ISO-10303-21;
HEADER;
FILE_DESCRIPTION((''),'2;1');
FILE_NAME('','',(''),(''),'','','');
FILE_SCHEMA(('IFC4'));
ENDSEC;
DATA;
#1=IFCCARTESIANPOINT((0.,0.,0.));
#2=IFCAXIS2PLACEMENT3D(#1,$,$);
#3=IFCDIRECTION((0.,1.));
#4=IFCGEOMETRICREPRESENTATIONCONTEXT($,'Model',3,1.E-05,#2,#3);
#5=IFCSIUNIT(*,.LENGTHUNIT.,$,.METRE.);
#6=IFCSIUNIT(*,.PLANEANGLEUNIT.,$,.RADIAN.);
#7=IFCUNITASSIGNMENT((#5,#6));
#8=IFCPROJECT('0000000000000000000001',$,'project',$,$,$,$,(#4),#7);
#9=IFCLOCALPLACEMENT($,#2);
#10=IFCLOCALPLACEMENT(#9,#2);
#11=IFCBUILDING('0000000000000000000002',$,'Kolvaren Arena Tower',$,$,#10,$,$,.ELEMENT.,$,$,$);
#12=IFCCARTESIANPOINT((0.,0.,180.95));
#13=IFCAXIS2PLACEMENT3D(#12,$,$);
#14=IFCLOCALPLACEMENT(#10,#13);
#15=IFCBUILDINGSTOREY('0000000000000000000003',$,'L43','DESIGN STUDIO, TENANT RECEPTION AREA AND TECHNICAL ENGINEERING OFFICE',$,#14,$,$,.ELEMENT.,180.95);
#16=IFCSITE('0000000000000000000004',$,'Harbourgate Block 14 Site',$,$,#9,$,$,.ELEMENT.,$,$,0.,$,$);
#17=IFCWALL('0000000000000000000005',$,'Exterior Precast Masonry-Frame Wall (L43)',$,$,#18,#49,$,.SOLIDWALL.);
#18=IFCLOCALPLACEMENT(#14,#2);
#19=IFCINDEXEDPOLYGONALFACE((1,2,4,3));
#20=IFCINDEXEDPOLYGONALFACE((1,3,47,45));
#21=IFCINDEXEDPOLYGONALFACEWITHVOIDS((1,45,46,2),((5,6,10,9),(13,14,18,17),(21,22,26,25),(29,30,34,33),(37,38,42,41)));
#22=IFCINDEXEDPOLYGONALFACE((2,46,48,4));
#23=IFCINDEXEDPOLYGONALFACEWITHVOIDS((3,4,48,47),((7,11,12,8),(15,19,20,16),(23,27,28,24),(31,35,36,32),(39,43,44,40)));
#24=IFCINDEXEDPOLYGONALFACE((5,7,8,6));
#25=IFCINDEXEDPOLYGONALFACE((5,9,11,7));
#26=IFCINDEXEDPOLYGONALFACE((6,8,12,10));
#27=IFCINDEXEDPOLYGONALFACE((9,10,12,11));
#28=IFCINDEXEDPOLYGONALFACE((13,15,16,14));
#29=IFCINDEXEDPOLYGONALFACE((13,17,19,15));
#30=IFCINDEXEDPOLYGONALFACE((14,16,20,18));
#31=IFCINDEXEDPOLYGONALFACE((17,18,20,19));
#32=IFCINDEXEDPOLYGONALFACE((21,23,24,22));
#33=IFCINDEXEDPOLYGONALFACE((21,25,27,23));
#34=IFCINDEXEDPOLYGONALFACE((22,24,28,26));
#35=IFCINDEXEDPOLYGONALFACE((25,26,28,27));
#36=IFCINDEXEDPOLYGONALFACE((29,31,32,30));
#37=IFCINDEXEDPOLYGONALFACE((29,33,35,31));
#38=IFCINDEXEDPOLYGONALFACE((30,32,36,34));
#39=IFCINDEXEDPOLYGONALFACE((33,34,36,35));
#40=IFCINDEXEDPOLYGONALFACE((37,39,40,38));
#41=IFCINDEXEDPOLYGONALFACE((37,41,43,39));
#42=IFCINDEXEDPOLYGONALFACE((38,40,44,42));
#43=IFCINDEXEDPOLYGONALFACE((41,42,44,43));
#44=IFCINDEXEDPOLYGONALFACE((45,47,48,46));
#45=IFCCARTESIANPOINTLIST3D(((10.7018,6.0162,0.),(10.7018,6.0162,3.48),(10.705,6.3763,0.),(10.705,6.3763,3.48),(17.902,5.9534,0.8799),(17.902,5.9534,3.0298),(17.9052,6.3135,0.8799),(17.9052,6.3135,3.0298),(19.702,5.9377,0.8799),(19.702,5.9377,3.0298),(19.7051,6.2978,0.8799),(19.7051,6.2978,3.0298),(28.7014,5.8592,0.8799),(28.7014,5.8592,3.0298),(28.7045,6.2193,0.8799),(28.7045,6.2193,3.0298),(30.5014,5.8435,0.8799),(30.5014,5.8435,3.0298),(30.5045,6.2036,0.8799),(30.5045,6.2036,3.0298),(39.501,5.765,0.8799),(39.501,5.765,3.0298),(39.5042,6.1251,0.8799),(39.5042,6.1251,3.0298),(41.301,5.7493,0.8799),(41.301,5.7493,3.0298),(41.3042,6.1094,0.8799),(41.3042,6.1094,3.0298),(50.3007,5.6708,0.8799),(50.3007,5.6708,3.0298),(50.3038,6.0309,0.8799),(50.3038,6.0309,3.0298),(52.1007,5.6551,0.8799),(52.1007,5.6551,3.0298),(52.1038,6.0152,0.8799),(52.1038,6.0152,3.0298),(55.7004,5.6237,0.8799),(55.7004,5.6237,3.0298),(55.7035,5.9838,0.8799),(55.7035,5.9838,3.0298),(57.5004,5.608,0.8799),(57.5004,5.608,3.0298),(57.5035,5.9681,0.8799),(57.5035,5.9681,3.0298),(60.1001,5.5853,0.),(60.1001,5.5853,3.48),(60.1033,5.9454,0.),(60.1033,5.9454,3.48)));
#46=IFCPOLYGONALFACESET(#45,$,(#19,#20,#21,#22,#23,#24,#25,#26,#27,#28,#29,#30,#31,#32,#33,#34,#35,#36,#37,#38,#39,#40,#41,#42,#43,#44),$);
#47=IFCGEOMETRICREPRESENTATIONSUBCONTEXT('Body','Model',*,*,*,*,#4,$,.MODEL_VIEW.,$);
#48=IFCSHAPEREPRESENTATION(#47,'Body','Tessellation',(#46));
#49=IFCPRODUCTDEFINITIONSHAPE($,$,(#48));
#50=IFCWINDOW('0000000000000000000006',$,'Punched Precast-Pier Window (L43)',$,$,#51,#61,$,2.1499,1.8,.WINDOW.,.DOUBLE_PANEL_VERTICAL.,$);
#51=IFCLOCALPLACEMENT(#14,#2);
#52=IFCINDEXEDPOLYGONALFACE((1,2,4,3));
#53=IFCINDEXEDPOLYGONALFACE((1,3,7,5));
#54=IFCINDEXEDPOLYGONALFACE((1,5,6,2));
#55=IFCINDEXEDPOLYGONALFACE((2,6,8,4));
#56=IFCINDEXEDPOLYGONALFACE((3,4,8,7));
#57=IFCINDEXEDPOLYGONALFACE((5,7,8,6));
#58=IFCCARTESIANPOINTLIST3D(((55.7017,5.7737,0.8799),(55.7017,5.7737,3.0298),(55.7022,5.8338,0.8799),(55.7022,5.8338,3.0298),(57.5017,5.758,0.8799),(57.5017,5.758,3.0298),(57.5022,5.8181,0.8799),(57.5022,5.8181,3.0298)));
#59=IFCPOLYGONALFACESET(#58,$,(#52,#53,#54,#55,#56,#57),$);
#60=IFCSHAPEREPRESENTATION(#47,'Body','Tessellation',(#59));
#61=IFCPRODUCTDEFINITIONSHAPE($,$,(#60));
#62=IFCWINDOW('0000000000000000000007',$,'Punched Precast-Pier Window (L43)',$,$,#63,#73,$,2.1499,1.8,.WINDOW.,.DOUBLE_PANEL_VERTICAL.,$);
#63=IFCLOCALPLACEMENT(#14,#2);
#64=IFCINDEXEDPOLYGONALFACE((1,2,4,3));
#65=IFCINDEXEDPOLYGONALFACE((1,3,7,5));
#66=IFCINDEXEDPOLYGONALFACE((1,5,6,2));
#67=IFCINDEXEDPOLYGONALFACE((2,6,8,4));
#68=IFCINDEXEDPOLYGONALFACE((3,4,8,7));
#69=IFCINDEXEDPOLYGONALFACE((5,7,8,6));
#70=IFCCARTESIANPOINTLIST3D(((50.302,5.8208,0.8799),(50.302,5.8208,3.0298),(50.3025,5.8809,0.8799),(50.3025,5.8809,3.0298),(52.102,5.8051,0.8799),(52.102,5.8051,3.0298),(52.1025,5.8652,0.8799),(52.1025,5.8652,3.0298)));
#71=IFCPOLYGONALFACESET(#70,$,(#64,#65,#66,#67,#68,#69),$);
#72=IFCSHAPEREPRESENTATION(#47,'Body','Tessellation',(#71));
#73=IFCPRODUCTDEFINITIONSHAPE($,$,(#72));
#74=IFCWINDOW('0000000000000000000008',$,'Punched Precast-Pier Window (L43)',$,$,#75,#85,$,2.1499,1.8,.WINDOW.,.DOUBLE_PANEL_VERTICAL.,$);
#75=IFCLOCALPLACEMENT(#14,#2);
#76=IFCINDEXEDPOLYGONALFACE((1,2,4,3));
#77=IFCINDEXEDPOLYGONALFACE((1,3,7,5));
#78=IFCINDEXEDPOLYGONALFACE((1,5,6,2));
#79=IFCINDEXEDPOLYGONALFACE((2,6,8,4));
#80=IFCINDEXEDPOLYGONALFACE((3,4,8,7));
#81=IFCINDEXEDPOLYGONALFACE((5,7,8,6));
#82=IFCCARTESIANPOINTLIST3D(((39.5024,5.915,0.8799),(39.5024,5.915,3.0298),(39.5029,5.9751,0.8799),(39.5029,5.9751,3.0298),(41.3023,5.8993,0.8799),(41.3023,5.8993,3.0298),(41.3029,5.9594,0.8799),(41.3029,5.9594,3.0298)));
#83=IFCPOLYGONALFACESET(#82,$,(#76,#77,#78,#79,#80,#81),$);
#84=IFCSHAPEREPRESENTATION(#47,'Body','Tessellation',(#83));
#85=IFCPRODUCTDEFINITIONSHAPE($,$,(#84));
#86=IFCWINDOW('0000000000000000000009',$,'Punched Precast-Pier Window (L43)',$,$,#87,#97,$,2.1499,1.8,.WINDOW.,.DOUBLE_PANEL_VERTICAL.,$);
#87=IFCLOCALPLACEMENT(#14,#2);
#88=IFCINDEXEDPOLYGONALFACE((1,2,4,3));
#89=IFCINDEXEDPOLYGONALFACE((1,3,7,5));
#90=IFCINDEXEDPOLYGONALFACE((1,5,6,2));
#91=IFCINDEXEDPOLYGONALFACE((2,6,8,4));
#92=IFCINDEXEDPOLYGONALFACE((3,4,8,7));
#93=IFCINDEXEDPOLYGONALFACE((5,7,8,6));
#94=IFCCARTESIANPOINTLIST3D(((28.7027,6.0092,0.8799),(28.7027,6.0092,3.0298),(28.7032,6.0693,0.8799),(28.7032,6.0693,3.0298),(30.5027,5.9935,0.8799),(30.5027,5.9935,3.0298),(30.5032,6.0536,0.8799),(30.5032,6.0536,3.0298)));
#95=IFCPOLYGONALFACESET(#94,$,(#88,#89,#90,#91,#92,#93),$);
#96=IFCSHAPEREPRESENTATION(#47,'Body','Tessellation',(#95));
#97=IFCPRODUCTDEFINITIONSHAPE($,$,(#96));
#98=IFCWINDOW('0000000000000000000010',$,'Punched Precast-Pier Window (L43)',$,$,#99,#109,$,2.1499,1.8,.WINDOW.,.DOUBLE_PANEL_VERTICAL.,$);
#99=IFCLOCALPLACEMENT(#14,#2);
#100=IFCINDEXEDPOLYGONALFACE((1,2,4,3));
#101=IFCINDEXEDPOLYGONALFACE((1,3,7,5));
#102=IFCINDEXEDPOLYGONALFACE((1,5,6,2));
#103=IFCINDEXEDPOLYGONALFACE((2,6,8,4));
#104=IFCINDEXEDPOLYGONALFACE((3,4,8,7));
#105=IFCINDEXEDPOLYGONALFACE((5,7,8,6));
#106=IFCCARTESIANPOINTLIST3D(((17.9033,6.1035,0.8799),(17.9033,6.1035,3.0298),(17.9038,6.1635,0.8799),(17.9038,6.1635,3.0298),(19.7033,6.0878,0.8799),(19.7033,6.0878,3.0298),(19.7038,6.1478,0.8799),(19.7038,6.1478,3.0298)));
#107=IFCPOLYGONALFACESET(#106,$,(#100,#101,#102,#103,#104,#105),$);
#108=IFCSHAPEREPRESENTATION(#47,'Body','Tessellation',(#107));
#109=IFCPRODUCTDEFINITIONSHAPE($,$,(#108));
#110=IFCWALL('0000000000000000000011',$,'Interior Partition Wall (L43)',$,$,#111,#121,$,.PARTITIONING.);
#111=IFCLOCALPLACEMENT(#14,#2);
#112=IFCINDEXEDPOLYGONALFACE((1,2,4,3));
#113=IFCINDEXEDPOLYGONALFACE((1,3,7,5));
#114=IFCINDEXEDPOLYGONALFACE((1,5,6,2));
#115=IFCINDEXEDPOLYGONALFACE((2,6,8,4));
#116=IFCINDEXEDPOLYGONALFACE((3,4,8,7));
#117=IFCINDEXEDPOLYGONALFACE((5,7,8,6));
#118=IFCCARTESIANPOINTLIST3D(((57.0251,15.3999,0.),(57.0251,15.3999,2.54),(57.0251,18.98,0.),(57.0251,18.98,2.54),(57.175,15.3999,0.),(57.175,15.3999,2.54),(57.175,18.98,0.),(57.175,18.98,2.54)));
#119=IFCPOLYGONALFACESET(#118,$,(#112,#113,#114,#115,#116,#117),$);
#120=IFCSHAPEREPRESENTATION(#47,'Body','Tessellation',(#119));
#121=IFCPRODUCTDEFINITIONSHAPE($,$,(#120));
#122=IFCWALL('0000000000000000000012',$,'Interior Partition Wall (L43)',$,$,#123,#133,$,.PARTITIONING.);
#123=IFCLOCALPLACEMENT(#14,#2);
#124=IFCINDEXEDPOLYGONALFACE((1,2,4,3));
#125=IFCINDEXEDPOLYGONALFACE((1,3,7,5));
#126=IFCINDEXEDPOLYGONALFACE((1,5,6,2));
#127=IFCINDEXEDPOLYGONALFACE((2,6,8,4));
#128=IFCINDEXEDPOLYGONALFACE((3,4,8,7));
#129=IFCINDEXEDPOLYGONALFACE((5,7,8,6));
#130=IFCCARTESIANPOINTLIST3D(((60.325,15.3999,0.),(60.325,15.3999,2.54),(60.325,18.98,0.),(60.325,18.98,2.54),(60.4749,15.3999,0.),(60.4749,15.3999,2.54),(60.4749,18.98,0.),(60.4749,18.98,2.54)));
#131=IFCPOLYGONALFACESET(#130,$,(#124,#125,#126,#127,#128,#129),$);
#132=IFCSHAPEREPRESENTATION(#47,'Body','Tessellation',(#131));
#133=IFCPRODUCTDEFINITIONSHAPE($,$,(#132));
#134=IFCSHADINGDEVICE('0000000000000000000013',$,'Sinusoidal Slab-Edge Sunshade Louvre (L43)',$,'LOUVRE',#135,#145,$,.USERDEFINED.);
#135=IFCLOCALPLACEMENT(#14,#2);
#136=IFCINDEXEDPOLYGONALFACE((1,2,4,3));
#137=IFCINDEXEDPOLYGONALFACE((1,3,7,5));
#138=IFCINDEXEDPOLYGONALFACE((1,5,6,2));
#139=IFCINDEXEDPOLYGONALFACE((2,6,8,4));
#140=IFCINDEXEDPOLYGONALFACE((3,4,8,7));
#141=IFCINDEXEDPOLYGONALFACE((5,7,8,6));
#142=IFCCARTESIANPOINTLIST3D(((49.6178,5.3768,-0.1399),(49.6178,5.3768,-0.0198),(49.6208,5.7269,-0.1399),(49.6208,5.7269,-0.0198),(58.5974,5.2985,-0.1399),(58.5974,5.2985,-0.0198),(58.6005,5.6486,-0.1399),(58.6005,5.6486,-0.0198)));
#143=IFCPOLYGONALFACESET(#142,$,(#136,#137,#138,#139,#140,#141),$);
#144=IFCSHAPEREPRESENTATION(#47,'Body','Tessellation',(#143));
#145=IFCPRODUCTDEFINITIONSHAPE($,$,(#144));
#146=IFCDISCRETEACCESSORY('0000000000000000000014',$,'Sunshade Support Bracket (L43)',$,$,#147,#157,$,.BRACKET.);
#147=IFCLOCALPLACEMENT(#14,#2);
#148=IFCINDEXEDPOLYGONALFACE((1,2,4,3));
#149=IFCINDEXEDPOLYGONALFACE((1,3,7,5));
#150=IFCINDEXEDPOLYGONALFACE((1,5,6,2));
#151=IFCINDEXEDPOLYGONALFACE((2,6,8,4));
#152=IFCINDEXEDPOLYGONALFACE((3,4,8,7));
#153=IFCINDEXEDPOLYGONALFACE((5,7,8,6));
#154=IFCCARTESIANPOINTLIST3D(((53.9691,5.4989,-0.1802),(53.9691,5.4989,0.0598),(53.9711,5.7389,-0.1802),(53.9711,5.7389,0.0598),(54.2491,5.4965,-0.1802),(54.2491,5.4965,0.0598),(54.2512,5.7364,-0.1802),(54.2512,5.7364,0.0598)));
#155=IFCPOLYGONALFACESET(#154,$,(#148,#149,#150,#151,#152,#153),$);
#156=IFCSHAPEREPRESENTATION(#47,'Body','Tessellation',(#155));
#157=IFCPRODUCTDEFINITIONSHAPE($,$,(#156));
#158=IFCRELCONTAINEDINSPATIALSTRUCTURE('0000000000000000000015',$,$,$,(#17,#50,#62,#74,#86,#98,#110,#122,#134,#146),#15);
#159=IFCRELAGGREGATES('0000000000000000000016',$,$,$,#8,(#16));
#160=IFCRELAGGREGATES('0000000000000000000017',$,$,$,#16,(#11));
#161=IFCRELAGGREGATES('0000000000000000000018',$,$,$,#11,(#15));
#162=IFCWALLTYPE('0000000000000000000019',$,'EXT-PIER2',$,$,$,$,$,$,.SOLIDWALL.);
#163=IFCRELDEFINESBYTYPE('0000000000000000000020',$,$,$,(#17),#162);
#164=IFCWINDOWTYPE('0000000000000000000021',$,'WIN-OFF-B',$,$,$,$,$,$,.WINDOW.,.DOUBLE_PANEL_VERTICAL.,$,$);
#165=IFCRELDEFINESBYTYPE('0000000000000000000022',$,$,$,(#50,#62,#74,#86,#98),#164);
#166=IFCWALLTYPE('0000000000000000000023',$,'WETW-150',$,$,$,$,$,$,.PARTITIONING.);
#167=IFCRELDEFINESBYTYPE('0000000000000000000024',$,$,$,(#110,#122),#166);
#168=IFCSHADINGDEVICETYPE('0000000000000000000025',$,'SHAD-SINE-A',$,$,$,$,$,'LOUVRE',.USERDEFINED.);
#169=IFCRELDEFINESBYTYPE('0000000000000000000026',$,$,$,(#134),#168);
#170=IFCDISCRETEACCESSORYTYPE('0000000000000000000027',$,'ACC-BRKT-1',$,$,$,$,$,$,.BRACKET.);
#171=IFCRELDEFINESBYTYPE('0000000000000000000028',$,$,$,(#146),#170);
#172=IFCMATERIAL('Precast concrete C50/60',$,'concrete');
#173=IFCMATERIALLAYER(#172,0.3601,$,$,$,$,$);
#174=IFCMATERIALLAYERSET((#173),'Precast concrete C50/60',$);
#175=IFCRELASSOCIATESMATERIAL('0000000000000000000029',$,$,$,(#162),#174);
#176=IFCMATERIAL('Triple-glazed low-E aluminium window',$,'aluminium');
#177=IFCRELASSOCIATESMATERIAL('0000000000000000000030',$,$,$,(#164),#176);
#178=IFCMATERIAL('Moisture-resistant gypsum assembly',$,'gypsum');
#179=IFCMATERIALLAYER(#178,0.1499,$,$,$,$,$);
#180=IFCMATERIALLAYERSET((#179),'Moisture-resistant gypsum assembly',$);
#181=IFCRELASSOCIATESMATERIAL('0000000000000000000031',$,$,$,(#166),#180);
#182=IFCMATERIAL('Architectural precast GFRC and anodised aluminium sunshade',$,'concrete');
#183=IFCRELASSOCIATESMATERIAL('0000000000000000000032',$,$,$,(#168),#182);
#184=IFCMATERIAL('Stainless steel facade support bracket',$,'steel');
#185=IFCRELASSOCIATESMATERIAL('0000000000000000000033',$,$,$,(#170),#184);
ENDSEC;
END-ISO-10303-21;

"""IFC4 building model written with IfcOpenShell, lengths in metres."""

from ifc_helpers import new_model, si_unit, direction, frame, frame_2d, origin, origin_2d, place, context, subcontext, project, spatial, rectangle, extrude, material, layer, layer_set, type_object, element, fill, save


model = new_model("IFC4")

# Units and contexts
model_context = context("Model", 3, precision=1e-05, world=origin(), true_north=direction((0.0, 1.0)))
body_context = subcontext(model_context, "Body", "Model", "MODEL_VIEW")
ifc_project = project(units=[si_unit("LENGTHUNIT", "METRE"), si_unit("PLANEANGLEUNIT", "RADIAN")], contexts=[model_context])

# Site, building, storey
site_placement = place(None, origin())
site = spatial("IfcSite", under=ifc_project, at=site_placement, Name="Harbourgate Block 14 Site", CompositionType="ELEMENT", RefElevation=0.0)
building_placement = place(site_placement, origin())
building = spatial("IfcBuilding", under=site, at=building_placement, Name="Kolvaren Arena Tower", CompositionType="ELEMENT")
storey_placement = place(building_placement, frame((0.0, 0.0, 180.95)))
storey = spatial("IfcBuildingStorey", under=building, at=storey_placement, Name="L43", Description="DESIGN STUDIO, TENANT RECEPTION AREA AND TECHNICAL ENGINEERING OFFICE", CompositionType="ELEMENT", Elevation=180.95)

# Shared definitions
ifc_material_1 = material(Name="Precast concrete C50/60", Category="concrete")
ifc_layer_1 = layer(ifc_material_1, 0.3601)
ifc_layer_set_1 = layer_set([ifc_layer_1], Name="Precast concrete C50/60")
wall_type_1 = type_object("IfcWallType", Name="EXT-PIER2", PredefinedType="SOLIDWALL", material=ifc_layer_set_1)

# Wall, openings, windows
wall_1_placement = place(storey_placement, frame((60.1018, 5.7654, 0.0), z_axis=(0.0, 0.0, 1.0), x_axis=(-0.999962, 0.008723, 0.0)))
wall_1 = element("IfcWall", 1, at=wall_1_placement, inside=storey, type_object=wall_type_1, Name="Exterior Precast Masonry-Frame Wall (L43)", PredefinedType="SOLIDWALL", context=body_context, shape_type="SweptSolid", body=[
    extrude(rectangle(XDim=49.4001, YDim=0.3601, at=frame_2d((24.7002, 0.0))), origin(), (0.0, 0.0, 1.0), 3.48),
])
opening_1_placement = place(wall_1_placement, frame((2.6001, 0.0, 0.8799)))
opening_1 = element("IfcOpeningElement", 2, at=opening_1_placement, cuts=wall_1, PredefinedType="OPENING", context=body_context, shape_type="SweptSolid", body=[
    extrude(rectangle(XDim=1.8, YDim=2.1499, at=frame_2d((0.8999, 1.075))), frame((0.0, 0.1899, 0.0), z_axis=(0.0, -1.0, 0.0), x_axis=(1.0, 0.0, 0.0)), (0.0, 0.0, 1.0), 0.3801),
])
opening_2_placement = place(wall_1_placement, frame((8.0, 0.0, 0.8799)))
opening_2 = element("IfcOpeningElement", 3, at=opening_2_placement, cuts=wall_1, PredefinedType="OPENING", context=body_context, shape_type="SweptSolid", body=[
    extrude(rectangle(XDim=1.8, YDim=2.1499, at=frame_2d((0.8999, 1.075))), frame((0.0, 0.1899, 0.0), z_axis=(0.0, -1.0, 0.0), x_axis=(1.0, 0.0, 0.0)), (0.0, 0.0, 1.0), 0.3801),
])
opening_3_placement = place(wall_1_placement, frame((18.8, 0.0, 0.8799)))
opening_3 = element("IfcOpeningElement", 4, at=opening_3_placement, cuts=wall_1, PredefinedType="OPENING", context=body_context, shape_type="SweptSolid", body=[
    extrude(rectangle(XDim=1.8, YDim=2.1499, at=frame_2d((0.8999, 1.075))), frame((0.0, 0.1899, 0.0), z_axis=(0.0, -1.0, 0.0), x_axis=(1.0, 0.0, 0.0)), (0.0, 0.0, 1.0), 0.3801),
])
opening_4_placement = place(wall_1_placement, frame((29.6001, 0.0, 0.8799)))
opening_4 = element("IfcOpeningElement", 5, at=opening_4_placement, cuts=wall_1, PredefinedType="OPENING", context=body_context, shape_type="SweptSolid", body=[
    extrude(rectangle(XDim=1.8, YDim=2.1499, at=frame_2d((0.8999, 1.075))), frame((0.0, 0.1899, 0.0), z_axis=(0.0, -1.0, 0.0), x_axis=(1.0, 0.0, 0.0)), (0.0, 0.0, 1.0), 0.3801),
])
opening_5_placement = place(wall_1_placement, frame((40.3999, 0.0, 0.8799)))
opening_5 = element("IfcOpeningElement", 6, at=opening_5_placement, cuts=wall_1, PredefinedType="OPENING", context=body_context, shape_type="SweptSolid", body=[
    extrude(rectangle(XDim=1.8, YDim=2.1499, at=frame_2d((0.8999, 1.075))), frame((0.0, 0.1899, 0.0), z_axis=(0.0, -1.0, 0.0), x_axis=(1.0, 0.0, 0.0)), (0.0, 0.0, 1.0), 0.3801),
])
ifc_material_2 = material(Name="Triple-glazed low-E aluminium window", Category="aluminium")
window_type = type_object("IfcWindowType", Name="WIN-OFF-B", PartitioningType="DOUBLE_PANEL_VERTICAL", PredefinedType="WINDOW", material=ifc_material_2)
window_1_placement = place(opening_1_placement, origin())
window_1 = element("IfcWindow", 7, at=window_1_placement, inside=storey, type_object=window_type, Name="Punched Precast-Pier Window (L43)", OverallHeight=2.1499, OverallWidth=1.8, PartitioningType="DOUBLE_PANEL_VERTICAL", PredefinedType="WINDOW", context=body_context, shape_type="SweptSolid", body=[
    extrude(rectangle(XDim=1.8, YDim=2.1499, at=frame_2d((0.8999, 1.075))), frame((0.0, 0.03, 0.0), z_axis=(0.0, -1.0, 0.0), x_axis=(1.0, 0.0, 0.0)), (0.0, 0.0, 1.0), 0.0601),
])
fill(opening_1, window_1)
window_2_placement = place(opening_2_placement, origin())
window_2 = element("IfcWindow", 8, at=window_2_placement, inside=storey, type_object=window_type, Name="Punched Precast-Pier Window (L43)", OverallHeight=2.1499, OverallWidth=1.8, PartitioningType="DOUBLE_PANEL_VERTICAL", PredefinedType="WINDOW", context=body_context, shape_type="SweptSolid", body=[
    extrude(rectangle(XDim=1.8, YDim=2.1499, at=frame_2d((0.8999, 1.075))), frame((0.0, 0.03, 0.0), z_axis=(0.0, -1.0, 0.0), x_axis=(1.0, 0.0, 0.0)), (0.0, 0.0, 1.0), 0.0601),
])
fill(opening_2, window_2)
window_3_placement = place(opening_3_placement, origin())
window_3 = element("IfcWindow", 9, at=window_3_placement, inside=storey, type_object=window_type, Name="Punched Precast-Pier Window (L43)", OverallHeight=2.1499, OverallWidth=1.8, PartitioningType="DOUBLE_PANEL_VERTICAL", PredefinedType="WINDOW", context=body_context, shape_type="SweptSolid", body=[
    extrude(rectangle(XDim=1.8, YDim=2.1499, at=frame_2d((0.8999, 1.075))), frame((0.0, 0.03, 0.0), z_axis=(0.0, -1.0, 0.0), x_axis=(1.0, 0.0, 0.0)), (0.0, 0.0, 1.0), 0.0601),
])
fill(opening_3, window_3)
window_4_placement = place(opening_4_placement, origin())
window_4 = element("IfcWindow", 10, at=window_4_placement, inside=storey, type_object=window_type, Name="Punched Precast-Pier Window (L43)", OverallHeight=2.1499, OverallWidth=1.8, PartitioningType="DOUBLE_PANEL_VERTICAL", PredefinedType="WINDOW", context=body_context, shape_type="SweptSolid", body=[
    extrude(rectangle(XDim=1.8, YDim=2.1499, at=frame_2d((0.8999, 1.075))), frame((0.0, 0.03, 0.0), z_axis=(0.0, -1.0, 0.0), x_axis=(1.0, 0.0, 0.0)), (0.0, 0.0, 1.0), 0.0601),
])
fill(opening_4, window_4)
window_5_placement = place(opening_5_placement, origin())
window_5 = element("IfcWindow", 11, at=window_5_placement, inside=storey, type_object=window_type, Name="Punched Precast-Pier Window (L43)", OverallHeight=2.1499, OverallWidth=1.8, PartitioningType="DOUBLE_PANEL_VERTICAL", PredefinedType="WINDOW", context=body_context, shape_type="SweptSolid", body=[
    extrude(rectangle(XDim=1.8, YDim=2.1499, at=frame_2d((0.8999, 1.075))), frame((0.0, 0.03, 0.0), z_axis=(0.0, -1.0, 0.0), x_axis=(1.0, 0.0, 0.0)), (0.0, 0.0, 1.0), 0.0601),
])
fill(opening_5, window_5)

# Walls
ifc_material_3 = material(Name="Moisture-resistant gypsum assembly", Category="gypsum")
ifc_layer_2 = layer(ifc_material_3, 0.1499)
ifc_layer_set_2 = layer_set([ifc_layer_2], Name="Moisture-resistant gypsum assembly")
wall_type_2 = type_object("IfcWallType", Name="WETW-150", PredefinedType="PARTITIONING", material=ifc_layer_set_2)
for number, where, z_axis, x_axis, name in (
    (12, (57.1001, 15.3999, 0.0), (0.0, 0.0, 1.0), (0.0, 1.0, 0.0), "Interior Partition Wall (L43)"),
    (13, (60.3999, 15.3999, 0.0), (0.0, 0.0, 1.0), (0.0, 1.0, 0.0), "Interior Partition Wall (L43)"),
):
    element("IfcWall", number, at=place(storey_placement, frame(where, z_axis=z_axis, x_axis=x_axis)), inside=storey, type_object=wall_type_2, Name=name, PredefinedType="PARTITIONING", context=body_context, shape_type="SweptSolid", body=[
        extrude(rectangle(XDim=3.5801, YDim=0.1499, at=frame_2d((1.79, 0.0))), origin(), (0.0, 0.0, 1.0), 2.54),
    ])

# Shading device
ifc_material_4 = material(Name="Architectural precast GFRC and anodised aluminium sunshade", Category="concrete")
shading_device_type = type_object("IfcShadingDeviceType", Name="SHAD-SINE-A", ElementType="LOUVRE", PredefinedType="USERDEFINED", material=ifc_material_4)
shading_device_placement = place(storey_placement, frame((54.1091, 5.5127, -0.1399), z_axis=(0.0, 0.0, 1.0), x_axis=(-0.999962, 0.008727, 0.0)))
element("IfcShadingDevice", 14, at=shading_device_placement, inside=storey, type_object=shading_device_type, Name="Sinusoidal Slab-Edge Sunshade Louvre (L43)", ObjectType="LOUVRE", PredefinedType="USERDEFINED", context=body_context, shape_type="SweptSolid", body=[
    extrude(rectangle(XDim=8.98, YDim=0.3501, at=origin_2d()), origin(), (0.0, 0.0, 1.0), 0.1201),
])

# Discrete accessory
ifc_material_5 = material(Name="Stainless steel facade support bracket", Category="steel")
discrete_accessory_type = type_object("IfcDiscreteAccessoryType", Name="ACC-BRKT-1", PredefinedType="BRACKET", material=ifc_material_5)
discrete_accessory_placement = place(storey_placement, frame((54.1101, 5.6177, -0.1802), z_axis=(0.0, 0.0, 1.0), x_axis=(-0.999962, 0.008727, 0.0)))
element("IfcDiscreteAccessory", 15, at=discrete_accessory_placement, inside=storey, type_object=discrete_accessory_type, Name="Sunshade Support Bracket (L43)", PredefinedType="BRACKET", context=body_context, shape_type="SweptSolid", body=[
    extrude(rectangle(XDim=0.28, YDim=0.24, at=origin_2d()), origin(), (0.0, 0.0, 1.0), 0.24),
])

save(model, "model.ifc")
